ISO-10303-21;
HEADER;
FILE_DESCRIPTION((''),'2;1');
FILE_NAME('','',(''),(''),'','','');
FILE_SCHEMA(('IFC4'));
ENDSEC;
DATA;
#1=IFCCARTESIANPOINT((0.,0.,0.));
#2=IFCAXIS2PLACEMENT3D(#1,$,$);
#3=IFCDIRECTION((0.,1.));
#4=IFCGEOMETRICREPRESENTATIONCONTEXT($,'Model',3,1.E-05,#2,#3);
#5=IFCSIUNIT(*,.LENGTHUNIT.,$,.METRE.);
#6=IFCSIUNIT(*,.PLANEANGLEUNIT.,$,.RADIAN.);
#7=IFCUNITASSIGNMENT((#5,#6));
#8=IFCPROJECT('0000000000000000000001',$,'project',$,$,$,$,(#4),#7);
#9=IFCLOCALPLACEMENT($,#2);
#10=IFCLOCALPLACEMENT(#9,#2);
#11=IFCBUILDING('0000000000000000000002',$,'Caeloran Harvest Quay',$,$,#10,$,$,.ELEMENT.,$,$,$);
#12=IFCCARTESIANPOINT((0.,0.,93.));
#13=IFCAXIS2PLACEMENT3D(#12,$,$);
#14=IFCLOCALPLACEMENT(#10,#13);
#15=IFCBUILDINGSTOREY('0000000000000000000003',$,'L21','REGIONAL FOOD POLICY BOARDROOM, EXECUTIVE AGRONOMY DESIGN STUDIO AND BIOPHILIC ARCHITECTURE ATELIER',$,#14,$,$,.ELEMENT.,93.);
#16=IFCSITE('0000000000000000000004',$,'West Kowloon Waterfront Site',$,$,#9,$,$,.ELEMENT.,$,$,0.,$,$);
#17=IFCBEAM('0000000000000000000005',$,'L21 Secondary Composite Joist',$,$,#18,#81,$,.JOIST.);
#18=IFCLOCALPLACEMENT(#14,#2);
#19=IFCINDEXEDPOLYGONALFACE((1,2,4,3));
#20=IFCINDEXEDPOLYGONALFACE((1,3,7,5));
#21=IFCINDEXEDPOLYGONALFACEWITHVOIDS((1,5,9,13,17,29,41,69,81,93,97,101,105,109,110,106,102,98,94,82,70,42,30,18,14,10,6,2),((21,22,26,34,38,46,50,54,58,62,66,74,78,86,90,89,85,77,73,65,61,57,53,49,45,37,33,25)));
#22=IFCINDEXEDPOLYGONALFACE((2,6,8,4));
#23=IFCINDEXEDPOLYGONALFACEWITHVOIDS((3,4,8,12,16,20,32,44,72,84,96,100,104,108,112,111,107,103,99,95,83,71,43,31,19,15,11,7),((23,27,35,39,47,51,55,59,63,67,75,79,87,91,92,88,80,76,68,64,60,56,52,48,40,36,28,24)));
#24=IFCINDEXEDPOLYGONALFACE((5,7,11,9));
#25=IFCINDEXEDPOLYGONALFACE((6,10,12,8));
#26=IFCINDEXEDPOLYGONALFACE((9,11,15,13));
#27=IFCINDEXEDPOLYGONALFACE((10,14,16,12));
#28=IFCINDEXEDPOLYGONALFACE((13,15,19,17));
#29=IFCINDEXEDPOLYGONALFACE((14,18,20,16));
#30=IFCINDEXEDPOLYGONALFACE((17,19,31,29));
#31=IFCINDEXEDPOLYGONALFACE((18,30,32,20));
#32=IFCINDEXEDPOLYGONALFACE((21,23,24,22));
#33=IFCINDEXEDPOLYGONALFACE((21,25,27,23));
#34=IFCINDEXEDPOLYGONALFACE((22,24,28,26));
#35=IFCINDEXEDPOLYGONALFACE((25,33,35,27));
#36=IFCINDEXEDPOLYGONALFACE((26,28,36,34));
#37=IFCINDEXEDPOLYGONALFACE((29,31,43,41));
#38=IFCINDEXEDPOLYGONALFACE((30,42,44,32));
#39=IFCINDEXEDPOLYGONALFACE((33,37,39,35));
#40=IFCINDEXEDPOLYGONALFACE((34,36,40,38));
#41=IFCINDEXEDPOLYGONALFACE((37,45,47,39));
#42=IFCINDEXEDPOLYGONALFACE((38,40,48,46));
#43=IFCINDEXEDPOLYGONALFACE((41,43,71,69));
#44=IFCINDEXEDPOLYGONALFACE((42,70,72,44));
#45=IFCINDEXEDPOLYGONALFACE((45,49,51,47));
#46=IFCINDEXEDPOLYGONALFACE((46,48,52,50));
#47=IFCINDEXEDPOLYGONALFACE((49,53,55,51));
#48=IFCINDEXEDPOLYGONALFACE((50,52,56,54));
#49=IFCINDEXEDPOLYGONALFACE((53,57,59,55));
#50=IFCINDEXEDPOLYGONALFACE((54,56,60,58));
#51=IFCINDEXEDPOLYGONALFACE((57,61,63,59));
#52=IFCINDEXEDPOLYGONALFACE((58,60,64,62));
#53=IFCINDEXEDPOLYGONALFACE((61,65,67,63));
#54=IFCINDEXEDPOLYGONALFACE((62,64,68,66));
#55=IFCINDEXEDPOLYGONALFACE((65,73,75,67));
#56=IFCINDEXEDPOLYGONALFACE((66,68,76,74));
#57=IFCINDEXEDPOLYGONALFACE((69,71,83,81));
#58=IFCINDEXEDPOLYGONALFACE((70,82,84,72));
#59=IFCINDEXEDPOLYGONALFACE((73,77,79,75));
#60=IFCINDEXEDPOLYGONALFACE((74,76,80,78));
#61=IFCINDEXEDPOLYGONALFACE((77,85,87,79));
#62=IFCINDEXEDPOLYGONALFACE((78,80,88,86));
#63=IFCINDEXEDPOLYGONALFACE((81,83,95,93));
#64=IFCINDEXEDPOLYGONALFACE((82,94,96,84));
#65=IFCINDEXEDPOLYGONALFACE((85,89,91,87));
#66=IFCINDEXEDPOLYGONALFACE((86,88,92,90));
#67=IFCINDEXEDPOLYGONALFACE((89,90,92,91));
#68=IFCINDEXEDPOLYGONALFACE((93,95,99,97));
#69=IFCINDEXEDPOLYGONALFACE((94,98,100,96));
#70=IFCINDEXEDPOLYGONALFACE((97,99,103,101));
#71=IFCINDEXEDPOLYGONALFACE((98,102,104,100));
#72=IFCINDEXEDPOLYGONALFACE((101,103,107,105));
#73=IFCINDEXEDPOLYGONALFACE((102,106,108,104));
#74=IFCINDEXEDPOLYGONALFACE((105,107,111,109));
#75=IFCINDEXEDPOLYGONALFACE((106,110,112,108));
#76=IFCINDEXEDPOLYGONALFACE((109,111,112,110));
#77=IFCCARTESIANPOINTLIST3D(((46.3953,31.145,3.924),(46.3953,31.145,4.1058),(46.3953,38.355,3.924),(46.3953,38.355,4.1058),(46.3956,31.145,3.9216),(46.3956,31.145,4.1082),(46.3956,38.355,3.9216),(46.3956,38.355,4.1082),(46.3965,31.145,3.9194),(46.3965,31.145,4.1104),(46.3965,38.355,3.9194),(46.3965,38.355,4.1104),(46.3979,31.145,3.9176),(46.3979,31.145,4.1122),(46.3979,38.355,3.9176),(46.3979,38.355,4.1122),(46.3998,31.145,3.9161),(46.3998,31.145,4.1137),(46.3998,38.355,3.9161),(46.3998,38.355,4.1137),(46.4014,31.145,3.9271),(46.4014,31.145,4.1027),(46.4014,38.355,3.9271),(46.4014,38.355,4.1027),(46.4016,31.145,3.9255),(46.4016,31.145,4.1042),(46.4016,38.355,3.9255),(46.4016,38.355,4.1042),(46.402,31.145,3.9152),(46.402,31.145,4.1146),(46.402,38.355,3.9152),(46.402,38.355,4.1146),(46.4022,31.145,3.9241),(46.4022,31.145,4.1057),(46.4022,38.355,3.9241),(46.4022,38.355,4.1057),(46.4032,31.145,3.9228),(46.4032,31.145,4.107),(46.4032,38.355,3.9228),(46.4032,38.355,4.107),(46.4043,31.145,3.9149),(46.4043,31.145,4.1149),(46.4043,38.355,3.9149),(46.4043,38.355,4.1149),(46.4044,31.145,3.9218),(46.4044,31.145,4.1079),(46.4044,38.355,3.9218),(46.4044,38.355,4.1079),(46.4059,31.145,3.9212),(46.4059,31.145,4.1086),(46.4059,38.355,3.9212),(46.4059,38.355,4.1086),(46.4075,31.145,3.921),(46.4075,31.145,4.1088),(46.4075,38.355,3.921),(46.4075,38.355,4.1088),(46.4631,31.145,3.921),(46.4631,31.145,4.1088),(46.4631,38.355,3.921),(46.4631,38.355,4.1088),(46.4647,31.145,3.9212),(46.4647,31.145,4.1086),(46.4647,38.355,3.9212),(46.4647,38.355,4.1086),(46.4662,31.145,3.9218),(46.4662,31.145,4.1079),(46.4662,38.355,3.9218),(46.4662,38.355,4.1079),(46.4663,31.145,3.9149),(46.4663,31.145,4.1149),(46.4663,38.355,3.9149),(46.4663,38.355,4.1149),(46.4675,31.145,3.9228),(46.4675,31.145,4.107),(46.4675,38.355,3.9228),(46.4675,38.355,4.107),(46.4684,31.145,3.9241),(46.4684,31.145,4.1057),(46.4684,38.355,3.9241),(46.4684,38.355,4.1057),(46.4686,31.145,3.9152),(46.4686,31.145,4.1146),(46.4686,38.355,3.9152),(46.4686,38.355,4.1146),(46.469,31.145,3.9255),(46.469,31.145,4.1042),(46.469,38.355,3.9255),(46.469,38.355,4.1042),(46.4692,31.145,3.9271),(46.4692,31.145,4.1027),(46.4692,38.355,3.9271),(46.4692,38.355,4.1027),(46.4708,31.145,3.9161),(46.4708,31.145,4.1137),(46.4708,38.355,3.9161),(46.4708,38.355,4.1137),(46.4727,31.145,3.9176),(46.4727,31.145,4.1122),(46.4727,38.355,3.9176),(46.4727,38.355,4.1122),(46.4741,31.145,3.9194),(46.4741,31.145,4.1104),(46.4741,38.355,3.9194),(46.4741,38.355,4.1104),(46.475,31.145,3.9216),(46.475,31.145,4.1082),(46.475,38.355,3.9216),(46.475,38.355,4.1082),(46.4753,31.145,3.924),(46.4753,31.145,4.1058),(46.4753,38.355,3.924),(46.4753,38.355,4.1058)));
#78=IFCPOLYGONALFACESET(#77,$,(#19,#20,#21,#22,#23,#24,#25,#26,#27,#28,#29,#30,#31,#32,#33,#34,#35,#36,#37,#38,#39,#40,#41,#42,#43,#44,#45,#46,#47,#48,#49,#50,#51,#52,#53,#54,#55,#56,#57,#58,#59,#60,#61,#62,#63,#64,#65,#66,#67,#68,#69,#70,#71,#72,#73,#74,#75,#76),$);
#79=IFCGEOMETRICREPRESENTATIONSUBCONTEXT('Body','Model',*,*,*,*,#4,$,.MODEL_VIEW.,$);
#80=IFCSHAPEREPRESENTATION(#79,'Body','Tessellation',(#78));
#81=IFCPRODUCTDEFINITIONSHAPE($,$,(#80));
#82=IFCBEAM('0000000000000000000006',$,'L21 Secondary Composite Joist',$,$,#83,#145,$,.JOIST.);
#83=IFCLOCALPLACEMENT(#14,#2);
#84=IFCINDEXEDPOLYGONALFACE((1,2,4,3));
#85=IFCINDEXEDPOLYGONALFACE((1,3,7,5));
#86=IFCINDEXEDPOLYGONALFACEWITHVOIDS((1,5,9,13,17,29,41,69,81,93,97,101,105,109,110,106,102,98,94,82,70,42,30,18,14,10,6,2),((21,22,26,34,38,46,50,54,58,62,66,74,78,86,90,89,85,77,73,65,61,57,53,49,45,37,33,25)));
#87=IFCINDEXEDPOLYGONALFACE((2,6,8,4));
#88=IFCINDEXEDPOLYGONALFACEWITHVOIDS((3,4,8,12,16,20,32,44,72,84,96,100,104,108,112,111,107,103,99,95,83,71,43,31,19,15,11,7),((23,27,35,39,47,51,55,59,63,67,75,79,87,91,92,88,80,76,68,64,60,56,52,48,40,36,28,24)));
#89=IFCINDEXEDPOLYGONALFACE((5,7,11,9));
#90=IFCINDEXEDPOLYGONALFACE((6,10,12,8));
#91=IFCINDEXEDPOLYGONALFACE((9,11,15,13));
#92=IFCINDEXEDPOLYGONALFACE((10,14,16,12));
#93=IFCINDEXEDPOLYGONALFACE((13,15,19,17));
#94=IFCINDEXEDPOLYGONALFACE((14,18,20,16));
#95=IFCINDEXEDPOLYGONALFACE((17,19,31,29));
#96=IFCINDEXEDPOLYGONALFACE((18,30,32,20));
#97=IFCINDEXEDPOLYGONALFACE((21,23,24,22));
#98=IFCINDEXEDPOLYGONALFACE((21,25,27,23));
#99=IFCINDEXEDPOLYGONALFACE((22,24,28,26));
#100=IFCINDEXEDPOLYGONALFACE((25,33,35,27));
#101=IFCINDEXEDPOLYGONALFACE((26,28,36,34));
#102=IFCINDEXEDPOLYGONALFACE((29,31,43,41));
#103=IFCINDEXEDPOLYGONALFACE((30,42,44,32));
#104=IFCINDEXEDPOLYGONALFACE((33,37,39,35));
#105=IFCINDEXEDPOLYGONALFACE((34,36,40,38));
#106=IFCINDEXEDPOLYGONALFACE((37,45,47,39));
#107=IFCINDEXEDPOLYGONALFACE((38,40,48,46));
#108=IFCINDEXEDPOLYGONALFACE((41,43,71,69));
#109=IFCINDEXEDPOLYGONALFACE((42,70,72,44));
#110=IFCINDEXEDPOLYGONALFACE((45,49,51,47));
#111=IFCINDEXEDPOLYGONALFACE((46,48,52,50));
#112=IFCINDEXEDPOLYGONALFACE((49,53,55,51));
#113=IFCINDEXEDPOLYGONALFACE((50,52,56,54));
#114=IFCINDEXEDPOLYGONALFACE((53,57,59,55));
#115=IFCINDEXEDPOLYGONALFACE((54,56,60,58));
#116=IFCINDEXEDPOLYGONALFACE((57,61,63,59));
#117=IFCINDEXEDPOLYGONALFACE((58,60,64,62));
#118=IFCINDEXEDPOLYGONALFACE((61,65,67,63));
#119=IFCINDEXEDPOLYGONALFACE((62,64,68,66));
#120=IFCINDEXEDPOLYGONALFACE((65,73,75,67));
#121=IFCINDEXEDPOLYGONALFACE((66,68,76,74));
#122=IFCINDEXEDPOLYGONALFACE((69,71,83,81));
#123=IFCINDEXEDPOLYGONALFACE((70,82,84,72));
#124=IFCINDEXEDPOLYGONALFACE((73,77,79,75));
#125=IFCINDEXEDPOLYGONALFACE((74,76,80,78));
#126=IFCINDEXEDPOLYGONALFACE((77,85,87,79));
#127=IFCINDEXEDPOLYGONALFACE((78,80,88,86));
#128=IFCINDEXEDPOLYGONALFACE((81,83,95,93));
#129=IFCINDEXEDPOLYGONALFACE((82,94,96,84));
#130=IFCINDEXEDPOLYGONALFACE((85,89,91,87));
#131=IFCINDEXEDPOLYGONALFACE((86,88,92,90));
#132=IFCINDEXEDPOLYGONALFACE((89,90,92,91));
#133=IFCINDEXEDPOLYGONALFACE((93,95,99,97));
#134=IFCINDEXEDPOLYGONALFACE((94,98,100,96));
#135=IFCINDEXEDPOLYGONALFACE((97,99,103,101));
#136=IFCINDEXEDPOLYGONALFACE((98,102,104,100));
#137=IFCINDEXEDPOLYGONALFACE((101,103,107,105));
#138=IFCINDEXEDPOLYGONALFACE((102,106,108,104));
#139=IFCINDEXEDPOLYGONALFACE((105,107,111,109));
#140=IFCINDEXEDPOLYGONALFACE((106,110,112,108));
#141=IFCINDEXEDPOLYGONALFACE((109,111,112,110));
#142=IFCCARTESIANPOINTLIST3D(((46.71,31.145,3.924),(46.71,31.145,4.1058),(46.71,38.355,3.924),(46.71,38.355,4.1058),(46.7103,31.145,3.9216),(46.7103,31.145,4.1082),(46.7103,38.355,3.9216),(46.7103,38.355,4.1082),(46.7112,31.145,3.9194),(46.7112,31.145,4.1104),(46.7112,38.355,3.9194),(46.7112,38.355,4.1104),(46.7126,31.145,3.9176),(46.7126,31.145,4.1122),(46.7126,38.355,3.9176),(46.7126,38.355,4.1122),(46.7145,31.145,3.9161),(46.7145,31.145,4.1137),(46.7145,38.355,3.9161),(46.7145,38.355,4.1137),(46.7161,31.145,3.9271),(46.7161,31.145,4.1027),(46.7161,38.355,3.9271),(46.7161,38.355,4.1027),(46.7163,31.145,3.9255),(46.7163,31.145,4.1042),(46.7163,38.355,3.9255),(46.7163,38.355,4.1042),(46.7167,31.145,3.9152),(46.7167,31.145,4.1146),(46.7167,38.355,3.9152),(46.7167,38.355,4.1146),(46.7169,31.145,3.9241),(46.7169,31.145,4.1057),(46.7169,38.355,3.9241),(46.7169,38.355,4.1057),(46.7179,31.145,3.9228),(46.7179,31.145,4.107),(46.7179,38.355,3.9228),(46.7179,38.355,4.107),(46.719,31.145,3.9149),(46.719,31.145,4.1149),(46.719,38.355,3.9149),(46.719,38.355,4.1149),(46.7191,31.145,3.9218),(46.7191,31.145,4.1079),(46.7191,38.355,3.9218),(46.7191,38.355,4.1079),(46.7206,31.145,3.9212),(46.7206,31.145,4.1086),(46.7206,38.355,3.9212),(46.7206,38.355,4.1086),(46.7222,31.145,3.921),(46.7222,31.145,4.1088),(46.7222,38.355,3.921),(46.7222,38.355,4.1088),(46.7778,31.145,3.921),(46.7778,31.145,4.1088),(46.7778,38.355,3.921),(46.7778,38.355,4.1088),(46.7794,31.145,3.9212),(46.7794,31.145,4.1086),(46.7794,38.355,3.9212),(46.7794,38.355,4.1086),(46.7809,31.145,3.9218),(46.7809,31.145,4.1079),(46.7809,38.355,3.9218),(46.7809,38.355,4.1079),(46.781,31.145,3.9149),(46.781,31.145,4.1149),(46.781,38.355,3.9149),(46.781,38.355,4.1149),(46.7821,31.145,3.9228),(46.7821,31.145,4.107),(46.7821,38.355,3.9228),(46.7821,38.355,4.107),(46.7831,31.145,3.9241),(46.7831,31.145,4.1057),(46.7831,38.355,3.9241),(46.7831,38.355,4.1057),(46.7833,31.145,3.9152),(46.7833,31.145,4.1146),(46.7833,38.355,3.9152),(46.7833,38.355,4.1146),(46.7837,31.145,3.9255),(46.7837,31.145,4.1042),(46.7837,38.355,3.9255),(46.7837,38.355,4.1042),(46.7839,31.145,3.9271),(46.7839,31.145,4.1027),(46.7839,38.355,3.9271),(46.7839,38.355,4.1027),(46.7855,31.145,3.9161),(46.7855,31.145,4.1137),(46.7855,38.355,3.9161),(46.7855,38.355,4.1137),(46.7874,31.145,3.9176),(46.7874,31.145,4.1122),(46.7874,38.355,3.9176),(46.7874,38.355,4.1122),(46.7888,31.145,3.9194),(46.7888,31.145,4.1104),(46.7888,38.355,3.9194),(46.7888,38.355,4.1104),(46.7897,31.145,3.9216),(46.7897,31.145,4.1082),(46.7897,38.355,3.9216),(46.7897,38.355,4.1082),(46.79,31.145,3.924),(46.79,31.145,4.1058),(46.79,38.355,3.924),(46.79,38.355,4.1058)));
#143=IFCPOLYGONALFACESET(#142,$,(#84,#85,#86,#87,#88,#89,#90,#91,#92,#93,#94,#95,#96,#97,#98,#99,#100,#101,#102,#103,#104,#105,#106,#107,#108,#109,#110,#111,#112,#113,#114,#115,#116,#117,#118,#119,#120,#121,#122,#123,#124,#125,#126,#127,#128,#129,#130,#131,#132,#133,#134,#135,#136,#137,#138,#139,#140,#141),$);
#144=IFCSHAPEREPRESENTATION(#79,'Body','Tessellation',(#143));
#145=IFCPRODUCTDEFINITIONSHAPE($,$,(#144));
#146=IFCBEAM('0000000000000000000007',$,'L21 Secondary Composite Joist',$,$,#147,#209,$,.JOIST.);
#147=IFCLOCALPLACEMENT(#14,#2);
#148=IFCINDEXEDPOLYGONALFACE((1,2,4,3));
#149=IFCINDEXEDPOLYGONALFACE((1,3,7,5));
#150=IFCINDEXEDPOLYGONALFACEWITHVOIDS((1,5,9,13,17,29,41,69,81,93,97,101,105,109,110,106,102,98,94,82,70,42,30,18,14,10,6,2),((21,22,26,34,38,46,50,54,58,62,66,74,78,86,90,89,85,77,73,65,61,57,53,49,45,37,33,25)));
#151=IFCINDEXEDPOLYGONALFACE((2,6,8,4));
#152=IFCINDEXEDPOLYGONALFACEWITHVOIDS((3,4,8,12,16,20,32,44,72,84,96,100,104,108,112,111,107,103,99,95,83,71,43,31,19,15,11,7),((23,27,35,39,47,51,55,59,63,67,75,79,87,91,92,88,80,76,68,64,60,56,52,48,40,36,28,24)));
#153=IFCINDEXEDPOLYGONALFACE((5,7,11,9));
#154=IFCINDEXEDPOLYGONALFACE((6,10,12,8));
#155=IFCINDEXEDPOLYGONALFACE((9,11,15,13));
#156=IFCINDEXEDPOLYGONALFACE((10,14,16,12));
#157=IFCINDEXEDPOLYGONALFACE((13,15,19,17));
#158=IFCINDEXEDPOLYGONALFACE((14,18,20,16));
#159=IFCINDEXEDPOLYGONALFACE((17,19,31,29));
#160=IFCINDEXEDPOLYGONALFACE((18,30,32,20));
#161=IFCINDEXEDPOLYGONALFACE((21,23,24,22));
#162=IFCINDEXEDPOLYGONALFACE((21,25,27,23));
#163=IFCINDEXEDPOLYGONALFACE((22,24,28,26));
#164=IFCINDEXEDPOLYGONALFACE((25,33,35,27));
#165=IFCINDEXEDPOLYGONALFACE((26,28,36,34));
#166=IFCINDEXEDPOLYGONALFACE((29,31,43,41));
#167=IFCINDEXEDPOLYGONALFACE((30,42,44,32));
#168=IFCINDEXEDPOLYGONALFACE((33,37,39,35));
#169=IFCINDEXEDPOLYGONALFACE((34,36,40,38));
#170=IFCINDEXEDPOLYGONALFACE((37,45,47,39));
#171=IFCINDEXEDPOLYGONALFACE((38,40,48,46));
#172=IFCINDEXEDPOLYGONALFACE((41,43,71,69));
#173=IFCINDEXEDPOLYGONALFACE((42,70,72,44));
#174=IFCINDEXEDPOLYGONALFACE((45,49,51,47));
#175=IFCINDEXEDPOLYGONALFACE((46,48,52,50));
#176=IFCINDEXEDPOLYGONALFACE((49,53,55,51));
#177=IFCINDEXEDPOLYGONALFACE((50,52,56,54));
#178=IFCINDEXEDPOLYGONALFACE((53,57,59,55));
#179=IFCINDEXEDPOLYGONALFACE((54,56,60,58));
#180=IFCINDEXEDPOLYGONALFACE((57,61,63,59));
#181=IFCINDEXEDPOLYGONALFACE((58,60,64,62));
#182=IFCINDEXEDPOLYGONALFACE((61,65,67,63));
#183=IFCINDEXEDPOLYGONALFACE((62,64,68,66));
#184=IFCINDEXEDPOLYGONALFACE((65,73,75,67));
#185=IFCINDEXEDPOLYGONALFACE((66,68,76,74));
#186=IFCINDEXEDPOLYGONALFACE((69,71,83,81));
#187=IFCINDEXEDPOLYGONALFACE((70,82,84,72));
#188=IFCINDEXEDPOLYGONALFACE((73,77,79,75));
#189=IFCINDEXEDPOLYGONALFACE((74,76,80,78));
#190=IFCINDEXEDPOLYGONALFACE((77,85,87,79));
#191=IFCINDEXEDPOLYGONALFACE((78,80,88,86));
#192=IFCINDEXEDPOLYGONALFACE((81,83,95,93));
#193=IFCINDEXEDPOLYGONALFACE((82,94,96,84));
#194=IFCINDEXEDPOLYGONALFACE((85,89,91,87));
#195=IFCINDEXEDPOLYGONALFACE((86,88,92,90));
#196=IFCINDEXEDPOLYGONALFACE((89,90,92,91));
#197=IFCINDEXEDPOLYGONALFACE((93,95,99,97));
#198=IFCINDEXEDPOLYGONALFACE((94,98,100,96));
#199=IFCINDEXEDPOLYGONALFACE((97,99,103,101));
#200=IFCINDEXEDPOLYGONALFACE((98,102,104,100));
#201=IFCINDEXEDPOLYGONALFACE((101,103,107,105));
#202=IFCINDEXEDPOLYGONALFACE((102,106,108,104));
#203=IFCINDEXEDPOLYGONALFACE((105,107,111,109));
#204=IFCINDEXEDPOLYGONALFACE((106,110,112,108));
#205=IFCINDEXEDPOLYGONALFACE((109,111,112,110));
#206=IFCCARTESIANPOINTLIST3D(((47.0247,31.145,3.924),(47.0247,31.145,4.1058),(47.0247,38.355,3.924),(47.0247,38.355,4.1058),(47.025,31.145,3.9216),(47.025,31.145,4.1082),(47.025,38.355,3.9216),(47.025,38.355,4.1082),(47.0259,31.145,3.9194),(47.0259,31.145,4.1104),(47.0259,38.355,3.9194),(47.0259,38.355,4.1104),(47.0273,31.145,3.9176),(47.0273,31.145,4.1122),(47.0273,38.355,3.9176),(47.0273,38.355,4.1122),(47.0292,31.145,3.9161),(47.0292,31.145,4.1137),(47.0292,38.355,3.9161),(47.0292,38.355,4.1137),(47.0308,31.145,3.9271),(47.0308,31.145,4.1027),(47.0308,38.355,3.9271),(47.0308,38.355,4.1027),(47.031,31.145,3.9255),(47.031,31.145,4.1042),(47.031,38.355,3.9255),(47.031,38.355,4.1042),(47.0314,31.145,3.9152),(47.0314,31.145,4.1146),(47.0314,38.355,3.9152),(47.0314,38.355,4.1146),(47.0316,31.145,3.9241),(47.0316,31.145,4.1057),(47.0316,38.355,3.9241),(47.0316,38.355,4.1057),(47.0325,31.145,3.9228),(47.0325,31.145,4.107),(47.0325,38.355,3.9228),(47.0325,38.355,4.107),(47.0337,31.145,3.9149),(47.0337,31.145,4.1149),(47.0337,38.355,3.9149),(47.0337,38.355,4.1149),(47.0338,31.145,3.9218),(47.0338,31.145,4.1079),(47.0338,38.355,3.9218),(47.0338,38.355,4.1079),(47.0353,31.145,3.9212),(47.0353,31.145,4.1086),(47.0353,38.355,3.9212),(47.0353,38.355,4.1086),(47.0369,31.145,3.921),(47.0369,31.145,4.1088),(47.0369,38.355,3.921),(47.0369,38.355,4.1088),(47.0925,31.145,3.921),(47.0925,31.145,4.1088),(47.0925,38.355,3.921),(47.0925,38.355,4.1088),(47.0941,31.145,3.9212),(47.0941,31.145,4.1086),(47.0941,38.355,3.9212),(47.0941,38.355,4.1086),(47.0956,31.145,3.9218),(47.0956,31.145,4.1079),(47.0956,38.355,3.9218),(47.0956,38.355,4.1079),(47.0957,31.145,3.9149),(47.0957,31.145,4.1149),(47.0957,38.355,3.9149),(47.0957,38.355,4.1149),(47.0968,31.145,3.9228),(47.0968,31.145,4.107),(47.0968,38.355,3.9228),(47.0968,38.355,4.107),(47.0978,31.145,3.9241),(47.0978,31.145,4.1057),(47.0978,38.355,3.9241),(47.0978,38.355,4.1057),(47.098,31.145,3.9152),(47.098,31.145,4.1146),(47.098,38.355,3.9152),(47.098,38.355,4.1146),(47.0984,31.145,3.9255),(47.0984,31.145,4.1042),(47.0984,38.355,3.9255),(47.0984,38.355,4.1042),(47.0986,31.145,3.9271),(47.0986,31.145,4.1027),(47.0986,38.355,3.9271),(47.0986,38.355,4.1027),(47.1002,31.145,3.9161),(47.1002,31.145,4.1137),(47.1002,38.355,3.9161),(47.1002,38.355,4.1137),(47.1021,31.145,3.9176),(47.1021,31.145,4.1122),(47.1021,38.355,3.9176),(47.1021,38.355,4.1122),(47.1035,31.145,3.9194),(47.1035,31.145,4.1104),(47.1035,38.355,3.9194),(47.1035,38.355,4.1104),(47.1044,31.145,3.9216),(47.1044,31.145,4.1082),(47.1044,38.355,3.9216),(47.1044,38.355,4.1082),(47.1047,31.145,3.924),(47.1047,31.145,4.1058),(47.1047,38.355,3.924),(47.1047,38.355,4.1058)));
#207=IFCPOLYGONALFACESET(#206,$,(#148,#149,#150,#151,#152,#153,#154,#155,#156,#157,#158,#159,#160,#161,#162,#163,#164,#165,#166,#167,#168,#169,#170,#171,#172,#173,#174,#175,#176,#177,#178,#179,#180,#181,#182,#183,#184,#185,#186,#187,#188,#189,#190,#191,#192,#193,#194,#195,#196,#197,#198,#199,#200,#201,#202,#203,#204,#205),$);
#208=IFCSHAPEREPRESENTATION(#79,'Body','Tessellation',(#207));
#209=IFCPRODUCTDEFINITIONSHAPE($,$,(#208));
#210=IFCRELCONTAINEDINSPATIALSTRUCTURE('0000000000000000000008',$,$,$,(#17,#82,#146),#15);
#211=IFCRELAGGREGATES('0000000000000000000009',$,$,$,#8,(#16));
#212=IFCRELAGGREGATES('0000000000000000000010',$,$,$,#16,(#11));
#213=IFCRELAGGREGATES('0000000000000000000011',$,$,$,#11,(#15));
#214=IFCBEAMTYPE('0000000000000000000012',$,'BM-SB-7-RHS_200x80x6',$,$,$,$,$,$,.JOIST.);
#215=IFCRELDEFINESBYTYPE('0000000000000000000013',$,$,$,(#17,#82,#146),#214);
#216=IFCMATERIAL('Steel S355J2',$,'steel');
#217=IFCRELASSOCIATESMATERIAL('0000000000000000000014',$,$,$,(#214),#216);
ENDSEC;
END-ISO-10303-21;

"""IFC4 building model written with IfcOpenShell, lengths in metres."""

from ifc_helpers import new_model, si_unit, direction, frame, origin, origin_2d, place, context, subcontext, project, spatial, hollow_rectangle, extrude, material, material_profile, profile_set, type_object, element, save


model = new_model("IFC4")

# Units and contexts
model_context = context("Model", 3, precision=1e-05, world=origin(), true_north=direction((0.0, 1.0)))
body_context = subcontext(model_context, "Body", "Model", "MODEL_VIEW")
ifc_project = project(units=[si_unit("LENGTHUNIT", "METRE"), si_unit("PLANEANGLEUNIT", "RADIAN")], contexts=[model_context])

# Site, building, storey
site_placement = place(None, origin())
site = spatial("IfcSite", under=ifc_project, at=site_placement, Name="West Kowloon Waterfront Site", CompositionType="ELEMENT", RefElevation=0.0)
building_placement = place(site_placement, origin())
building = spatial("IfcBuilding", under=site, at=building_placement, Name="Caeloran Harvest Quay", CompositionType="ELEMENT")
storey_placement = place(building_placement, frame((0.0, 0.0, 93.0)))
storey = spatial("IfcBuildingStorey", under=building, at=storey_placement, Name="L21", Description="REGIONAL FOOD POLICY BOARDROOM, EXECUTIVE AGRONOMY DESIGN STUDIO AND BIOPHILIC ARCHITECTURE ATELIER", CompositionType="ELEMENT", Elevation=93.0)

# Beams
ifc_material_1 = material(Name="Steel S355J2", Category="steel")
ifc_material_profile_1 = material_profile(ifc_material_1, hollow_rectangle(XDim=0.0801, YDim=0.2, WallThickness=0.0061, InnerFilletRadius=0.0061, OuterFilletRadius=0.009, at=origin_2d()), Name="RHS 200x80x6")
ifc_profile_set_1 = profile_set([ifc_material_profile_1], Name="Steel S355J2")
beam_type_1 = type_object("IfcBeamType", Name="BM-SB-7-RHS_200x80x6", PredefinedType="JOIST", material=ifc_profile_set_1)
for number, where, z_axis, x_axis, name in (
    (1, (46.4353, 31.145, 4.0149), (0.0, 1.0, 0.0), (-1.0, 0.0, 0.0), "L21 Secondary Composite Joist"),
    (2, (46.75, 31.145, 4.0149), (0.0, 1.0, 0.0), (-1.0, 0.0, 0.0), "L21 Secondary Composite Joist"),
    (3, (47.0647, 31.145, 4.0149), (0.0, 1.0, 0.0), (-1.0, 0.0, 0.0), "L21 Secondary Composite Joist"),
):
    element("IfcBeam", number, at=place(storey_placement, frame(where, z_axis=z_axis, x_axis=x_axis)), inside=storey, type_object=beam_type_1, Name=name, PredefinedType="JOIST", context=body_context, shape_type="SweptSolid", body=[
        extrude(hollow_rectangle(XDim=0.0801, YDim=0.2, WallThickness=0.0061, InnerFilletRadius=0.0061, OuterFilletRadius=0.009, at=origin_2d()), origin(), (0.0, 0.0, 1.0), 7.21),
    ])

save(model, "model.ifc")
